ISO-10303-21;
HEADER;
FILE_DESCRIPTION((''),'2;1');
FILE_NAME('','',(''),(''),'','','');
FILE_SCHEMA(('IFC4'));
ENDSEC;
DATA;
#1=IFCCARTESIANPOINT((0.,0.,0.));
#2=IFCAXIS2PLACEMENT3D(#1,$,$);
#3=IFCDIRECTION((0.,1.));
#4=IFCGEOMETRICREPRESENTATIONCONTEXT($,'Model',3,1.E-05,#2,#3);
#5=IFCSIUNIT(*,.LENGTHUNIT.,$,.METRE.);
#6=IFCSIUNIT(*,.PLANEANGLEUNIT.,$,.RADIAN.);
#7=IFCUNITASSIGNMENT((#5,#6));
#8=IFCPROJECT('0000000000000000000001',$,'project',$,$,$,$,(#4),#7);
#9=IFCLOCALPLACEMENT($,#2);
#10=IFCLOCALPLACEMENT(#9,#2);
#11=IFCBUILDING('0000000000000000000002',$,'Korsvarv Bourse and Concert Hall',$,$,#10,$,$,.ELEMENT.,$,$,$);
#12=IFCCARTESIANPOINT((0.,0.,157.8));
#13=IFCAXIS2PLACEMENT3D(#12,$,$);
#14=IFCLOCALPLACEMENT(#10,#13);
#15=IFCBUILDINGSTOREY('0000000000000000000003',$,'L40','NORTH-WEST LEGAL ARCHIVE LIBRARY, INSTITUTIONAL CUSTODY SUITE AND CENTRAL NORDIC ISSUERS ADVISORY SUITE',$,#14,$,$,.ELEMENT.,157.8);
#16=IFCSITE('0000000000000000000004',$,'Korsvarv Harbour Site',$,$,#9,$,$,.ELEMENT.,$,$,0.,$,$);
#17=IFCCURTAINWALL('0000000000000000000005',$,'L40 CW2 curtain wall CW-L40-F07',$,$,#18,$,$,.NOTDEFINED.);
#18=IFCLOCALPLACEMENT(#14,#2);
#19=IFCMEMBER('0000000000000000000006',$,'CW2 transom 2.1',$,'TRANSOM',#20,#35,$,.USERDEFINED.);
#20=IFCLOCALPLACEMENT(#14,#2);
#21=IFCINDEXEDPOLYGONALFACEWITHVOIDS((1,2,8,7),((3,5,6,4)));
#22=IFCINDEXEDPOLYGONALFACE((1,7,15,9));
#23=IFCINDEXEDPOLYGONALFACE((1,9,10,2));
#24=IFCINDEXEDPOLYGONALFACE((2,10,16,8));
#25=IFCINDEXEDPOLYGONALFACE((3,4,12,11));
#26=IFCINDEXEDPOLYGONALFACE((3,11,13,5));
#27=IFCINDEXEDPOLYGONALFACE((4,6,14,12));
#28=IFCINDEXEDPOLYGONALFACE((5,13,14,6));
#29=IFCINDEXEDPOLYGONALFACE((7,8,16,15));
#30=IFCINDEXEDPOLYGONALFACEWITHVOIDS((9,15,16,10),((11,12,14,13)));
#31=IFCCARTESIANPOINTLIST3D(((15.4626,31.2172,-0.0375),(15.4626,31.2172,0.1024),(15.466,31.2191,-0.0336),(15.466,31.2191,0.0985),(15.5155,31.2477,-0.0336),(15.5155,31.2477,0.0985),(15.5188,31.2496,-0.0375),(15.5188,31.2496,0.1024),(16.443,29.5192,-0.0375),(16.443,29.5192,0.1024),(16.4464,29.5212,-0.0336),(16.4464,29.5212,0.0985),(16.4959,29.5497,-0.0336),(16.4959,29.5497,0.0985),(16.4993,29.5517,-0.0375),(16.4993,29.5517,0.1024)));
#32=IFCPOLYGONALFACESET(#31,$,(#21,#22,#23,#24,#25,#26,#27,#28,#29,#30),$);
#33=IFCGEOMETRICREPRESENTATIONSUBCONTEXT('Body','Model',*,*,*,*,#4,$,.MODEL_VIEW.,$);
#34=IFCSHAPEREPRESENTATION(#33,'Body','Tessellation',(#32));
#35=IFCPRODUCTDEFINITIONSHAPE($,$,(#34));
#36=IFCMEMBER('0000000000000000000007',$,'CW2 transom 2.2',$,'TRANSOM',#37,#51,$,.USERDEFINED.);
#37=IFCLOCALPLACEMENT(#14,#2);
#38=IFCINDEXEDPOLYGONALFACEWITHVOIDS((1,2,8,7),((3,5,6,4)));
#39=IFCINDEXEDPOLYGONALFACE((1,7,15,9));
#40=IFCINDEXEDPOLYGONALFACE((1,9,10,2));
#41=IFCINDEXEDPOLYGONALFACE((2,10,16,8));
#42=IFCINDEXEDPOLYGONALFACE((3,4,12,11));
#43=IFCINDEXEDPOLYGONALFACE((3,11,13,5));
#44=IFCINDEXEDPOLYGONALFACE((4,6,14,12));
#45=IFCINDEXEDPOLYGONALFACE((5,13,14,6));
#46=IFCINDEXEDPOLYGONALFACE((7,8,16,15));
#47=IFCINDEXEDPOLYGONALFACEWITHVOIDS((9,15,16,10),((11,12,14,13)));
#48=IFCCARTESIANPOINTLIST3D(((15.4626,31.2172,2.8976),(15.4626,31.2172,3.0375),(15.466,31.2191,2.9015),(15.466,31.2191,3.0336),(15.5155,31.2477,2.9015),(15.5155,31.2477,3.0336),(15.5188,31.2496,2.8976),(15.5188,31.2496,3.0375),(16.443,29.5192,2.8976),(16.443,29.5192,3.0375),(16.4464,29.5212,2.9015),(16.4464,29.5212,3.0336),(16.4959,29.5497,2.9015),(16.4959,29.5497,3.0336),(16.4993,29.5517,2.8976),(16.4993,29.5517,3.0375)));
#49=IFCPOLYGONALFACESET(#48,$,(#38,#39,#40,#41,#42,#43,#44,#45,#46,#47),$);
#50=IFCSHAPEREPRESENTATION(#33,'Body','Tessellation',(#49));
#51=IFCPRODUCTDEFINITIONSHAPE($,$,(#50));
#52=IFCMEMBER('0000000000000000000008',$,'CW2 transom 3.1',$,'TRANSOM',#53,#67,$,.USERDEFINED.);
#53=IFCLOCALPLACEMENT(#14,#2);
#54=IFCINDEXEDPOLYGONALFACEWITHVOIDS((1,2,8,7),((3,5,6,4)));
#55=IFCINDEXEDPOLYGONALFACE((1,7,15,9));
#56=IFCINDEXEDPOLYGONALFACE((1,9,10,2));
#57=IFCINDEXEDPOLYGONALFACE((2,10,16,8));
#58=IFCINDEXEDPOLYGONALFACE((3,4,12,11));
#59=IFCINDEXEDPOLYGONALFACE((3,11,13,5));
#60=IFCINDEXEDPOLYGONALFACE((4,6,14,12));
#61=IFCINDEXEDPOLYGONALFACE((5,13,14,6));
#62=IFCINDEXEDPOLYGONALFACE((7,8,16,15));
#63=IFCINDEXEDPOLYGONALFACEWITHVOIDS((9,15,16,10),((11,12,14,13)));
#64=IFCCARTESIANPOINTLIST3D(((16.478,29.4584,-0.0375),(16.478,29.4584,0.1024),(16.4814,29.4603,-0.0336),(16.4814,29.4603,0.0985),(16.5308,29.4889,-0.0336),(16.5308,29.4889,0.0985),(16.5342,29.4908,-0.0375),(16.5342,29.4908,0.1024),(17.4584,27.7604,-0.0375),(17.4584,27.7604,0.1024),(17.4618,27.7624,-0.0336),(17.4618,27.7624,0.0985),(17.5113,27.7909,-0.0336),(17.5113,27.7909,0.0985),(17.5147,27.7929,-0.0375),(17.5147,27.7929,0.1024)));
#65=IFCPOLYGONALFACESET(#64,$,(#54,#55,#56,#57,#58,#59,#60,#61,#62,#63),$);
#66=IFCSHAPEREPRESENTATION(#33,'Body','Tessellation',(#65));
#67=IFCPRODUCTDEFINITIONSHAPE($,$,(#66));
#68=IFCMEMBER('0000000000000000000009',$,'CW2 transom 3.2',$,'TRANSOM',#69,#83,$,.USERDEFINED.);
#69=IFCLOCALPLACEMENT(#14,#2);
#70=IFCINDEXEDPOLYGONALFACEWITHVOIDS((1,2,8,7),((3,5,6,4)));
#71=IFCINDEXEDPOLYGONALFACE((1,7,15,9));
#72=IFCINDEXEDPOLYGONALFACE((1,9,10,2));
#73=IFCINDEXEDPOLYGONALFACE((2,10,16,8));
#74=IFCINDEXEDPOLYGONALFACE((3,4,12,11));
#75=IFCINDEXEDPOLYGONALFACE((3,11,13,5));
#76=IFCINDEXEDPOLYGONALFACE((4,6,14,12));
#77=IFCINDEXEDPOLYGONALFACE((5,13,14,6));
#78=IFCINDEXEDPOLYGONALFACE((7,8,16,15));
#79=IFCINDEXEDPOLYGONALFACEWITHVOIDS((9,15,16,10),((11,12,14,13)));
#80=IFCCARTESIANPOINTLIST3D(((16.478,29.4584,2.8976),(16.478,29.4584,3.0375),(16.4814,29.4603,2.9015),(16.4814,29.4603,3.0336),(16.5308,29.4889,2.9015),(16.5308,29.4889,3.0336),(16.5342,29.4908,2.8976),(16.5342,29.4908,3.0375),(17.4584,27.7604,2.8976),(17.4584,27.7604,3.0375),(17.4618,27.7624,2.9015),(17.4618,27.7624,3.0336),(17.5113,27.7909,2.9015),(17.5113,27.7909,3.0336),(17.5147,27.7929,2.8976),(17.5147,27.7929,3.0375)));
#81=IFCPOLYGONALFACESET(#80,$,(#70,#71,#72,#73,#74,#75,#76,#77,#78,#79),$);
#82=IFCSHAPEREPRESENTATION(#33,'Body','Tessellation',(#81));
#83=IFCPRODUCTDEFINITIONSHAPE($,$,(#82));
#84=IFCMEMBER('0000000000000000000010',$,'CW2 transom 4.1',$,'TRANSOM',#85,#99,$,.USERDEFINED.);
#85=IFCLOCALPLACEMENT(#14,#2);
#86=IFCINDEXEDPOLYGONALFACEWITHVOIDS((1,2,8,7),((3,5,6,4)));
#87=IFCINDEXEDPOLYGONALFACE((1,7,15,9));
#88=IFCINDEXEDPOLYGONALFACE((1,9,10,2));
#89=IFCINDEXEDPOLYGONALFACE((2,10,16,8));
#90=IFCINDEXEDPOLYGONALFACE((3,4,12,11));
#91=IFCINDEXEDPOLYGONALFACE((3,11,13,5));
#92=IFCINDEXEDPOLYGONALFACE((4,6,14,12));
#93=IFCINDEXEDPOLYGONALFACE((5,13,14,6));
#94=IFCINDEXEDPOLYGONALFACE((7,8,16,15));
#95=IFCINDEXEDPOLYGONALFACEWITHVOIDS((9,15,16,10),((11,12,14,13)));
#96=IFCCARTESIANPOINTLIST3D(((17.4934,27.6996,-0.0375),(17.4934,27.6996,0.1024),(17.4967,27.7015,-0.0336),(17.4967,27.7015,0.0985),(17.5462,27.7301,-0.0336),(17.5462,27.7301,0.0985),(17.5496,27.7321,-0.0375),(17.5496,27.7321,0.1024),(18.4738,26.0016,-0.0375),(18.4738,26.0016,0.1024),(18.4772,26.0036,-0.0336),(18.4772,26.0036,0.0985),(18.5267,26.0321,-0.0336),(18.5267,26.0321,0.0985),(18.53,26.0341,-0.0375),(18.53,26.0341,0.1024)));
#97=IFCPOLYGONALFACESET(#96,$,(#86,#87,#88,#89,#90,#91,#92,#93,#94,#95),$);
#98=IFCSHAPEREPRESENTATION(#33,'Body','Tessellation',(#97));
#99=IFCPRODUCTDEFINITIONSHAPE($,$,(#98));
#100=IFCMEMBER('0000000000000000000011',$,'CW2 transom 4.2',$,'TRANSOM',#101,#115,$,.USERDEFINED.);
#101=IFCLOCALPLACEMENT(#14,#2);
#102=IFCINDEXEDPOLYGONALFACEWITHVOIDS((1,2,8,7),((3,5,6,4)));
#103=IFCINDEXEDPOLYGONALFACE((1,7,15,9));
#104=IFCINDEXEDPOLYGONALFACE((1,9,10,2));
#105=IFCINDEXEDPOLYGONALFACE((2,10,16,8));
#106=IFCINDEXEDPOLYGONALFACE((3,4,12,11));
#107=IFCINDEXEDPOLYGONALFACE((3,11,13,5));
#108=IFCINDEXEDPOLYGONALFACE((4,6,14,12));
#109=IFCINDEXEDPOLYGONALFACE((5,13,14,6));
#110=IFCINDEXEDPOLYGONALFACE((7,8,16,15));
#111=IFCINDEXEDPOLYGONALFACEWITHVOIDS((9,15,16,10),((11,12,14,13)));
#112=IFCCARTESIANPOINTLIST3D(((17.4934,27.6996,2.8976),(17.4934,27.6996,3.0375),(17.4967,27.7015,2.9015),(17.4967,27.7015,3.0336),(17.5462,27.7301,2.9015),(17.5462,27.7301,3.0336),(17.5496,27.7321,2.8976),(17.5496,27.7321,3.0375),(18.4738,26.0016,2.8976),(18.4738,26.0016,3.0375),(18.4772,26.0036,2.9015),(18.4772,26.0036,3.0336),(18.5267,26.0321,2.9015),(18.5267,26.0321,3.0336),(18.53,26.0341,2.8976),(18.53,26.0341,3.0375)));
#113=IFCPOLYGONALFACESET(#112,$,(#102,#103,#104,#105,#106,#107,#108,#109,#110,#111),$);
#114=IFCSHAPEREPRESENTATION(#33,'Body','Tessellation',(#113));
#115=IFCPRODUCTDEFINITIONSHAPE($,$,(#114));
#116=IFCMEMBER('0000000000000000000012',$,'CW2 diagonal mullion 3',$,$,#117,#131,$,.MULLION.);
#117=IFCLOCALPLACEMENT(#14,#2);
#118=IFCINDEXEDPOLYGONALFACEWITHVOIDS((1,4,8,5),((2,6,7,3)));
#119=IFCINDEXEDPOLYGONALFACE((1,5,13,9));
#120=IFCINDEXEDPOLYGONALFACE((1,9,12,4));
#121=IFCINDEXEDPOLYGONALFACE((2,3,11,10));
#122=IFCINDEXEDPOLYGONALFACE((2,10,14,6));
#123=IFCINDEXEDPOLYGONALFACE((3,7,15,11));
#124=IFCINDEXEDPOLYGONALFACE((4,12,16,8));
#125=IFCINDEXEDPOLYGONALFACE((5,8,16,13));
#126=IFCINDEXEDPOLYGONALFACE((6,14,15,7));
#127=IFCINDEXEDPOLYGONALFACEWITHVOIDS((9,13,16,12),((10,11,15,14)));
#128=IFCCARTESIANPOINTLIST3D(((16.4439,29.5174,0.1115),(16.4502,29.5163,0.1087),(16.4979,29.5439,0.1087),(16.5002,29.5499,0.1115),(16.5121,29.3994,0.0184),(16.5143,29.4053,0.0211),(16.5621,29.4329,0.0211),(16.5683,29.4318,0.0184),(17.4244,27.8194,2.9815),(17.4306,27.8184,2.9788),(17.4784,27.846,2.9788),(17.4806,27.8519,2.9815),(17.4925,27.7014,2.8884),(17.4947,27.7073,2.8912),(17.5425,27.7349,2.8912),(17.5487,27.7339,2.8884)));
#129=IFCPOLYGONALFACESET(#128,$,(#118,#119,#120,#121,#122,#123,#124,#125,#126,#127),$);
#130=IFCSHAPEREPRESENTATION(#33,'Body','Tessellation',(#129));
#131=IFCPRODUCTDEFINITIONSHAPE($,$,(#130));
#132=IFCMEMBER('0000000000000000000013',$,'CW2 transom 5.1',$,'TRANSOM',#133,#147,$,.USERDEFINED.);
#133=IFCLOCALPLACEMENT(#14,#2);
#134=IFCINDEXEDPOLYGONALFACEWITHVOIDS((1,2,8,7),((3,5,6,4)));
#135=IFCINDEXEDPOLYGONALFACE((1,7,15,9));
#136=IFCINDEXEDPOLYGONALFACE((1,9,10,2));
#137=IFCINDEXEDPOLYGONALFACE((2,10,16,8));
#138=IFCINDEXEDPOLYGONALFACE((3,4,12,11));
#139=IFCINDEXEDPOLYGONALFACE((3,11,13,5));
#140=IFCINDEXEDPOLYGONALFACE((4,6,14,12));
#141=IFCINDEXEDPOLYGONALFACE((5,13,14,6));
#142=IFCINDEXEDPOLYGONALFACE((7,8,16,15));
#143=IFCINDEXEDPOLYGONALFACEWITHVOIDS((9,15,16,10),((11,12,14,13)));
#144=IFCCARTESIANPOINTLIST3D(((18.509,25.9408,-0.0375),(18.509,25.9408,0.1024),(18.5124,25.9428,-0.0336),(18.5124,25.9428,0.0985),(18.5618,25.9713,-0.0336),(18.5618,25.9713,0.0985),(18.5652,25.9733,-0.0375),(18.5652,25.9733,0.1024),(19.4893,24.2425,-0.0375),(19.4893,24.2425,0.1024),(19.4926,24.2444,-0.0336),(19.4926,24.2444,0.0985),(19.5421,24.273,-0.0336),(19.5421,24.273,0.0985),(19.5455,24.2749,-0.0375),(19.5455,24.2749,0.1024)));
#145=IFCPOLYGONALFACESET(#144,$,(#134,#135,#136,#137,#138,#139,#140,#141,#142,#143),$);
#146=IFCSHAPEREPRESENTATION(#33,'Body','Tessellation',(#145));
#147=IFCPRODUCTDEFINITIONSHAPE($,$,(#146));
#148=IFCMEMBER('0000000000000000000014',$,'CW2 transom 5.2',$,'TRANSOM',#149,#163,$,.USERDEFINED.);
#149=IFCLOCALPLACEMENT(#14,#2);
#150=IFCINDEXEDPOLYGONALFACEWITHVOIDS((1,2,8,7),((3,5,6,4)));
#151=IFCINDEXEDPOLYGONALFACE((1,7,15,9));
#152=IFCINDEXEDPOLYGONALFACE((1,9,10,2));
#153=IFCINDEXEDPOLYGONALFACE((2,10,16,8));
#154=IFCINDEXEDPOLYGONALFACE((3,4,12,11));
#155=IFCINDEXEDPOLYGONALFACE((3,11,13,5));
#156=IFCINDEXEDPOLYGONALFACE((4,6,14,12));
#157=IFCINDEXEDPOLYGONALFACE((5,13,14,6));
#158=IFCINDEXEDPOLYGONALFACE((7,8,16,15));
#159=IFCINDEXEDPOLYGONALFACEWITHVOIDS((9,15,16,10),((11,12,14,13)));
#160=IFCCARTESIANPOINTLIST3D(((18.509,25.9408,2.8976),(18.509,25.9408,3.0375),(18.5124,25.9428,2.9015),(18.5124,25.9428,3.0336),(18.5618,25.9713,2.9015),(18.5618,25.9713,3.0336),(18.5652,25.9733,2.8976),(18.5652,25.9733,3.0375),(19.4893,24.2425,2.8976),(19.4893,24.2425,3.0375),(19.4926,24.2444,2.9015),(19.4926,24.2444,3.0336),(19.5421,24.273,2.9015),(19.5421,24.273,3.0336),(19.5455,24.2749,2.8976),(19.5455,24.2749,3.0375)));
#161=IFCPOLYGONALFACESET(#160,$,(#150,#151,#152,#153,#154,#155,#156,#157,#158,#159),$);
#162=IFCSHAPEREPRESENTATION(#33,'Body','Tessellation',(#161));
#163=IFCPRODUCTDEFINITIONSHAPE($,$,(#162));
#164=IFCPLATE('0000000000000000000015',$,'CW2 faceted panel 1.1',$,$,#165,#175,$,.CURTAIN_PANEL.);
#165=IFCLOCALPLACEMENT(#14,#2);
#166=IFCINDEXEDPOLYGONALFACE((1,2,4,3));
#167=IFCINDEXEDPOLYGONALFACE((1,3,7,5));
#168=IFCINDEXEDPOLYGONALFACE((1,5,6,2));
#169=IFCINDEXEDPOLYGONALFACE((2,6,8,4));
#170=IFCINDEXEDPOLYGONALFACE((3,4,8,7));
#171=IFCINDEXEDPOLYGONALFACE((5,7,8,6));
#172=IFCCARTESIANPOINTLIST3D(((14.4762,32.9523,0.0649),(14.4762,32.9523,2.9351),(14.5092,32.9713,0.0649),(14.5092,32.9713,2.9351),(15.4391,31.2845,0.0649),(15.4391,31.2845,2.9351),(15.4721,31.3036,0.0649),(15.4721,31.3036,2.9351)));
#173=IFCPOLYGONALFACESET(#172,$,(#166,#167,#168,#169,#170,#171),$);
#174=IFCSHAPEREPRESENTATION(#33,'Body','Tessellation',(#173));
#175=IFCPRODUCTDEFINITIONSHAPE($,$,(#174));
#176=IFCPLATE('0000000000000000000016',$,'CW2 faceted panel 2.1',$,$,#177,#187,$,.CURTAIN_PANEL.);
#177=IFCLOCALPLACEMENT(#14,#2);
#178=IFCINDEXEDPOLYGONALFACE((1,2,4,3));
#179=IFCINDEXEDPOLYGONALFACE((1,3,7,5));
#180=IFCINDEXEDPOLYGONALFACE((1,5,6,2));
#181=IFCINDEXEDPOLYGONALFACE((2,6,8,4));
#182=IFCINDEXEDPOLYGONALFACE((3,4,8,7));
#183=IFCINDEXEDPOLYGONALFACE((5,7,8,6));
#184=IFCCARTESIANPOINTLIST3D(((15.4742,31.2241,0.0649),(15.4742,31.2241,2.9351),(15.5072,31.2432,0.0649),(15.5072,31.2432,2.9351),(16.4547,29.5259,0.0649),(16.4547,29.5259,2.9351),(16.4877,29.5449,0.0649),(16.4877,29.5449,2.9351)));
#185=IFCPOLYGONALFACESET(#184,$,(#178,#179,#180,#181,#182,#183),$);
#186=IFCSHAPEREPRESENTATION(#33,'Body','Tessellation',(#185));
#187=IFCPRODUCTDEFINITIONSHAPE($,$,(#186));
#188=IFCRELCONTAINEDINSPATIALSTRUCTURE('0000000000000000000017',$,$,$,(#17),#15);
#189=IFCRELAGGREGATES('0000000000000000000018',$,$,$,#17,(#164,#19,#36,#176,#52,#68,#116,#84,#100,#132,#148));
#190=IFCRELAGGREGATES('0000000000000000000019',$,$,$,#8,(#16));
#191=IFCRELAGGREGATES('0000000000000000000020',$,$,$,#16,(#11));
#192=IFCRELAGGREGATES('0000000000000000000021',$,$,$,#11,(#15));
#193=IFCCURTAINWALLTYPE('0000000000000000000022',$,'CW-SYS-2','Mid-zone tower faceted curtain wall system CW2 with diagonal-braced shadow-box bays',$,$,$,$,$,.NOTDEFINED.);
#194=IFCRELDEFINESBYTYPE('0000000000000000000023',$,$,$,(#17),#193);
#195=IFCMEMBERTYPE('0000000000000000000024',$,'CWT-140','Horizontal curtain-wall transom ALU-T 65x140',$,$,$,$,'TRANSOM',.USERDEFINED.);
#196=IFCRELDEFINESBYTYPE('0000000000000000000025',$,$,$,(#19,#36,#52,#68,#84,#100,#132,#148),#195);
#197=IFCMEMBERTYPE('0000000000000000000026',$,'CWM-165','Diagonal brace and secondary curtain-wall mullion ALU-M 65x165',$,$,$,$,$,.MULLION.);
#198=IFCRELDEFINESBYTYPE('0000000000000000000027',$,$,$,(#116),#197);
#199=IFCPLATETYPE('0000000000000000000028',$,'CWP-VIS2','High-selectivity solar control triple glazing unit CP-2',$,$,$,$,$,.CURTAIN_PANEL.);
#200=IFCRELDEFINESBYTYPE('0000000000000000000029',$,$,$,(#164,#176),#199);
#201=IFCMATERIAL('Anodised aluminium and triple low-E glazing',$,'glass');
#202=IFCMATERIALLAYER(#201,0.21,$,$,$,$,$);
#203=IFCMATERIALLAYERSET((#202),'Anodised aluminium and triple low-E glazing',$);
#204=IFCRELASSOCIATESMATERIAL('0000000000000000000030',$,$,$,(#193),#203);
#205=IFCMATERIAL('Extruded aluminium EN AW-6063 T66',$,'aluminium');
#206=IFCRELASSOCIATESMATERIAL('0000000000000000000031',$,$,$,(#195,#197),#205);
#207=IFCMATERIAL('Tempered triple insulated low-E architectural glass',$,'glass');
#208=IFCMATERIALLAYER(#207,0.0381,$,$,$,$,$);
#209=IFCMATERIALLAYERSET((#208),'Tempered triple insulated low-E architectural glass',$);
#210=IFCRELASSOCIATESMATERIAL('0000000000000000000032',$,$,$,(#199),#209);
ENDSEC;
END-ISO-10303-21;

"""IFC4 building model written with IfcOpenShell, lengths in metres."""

from ifc_helpers import new_model, si_unit, direction, frame, origin, origin_2d, place, context, subcontext, project, spatial, rectangle, hollow_rectangle, extrude, source, transform, mapped, material, layer, layer_set, material_profile, profile_set, type_object, element, aggregate, save


model = new_model("IFC4")

# Units and contexts
model_context = context("Model", 3, precision=1e-05, world=origin(), true_north=direction((0.0, 1.0)))
body_context = subcontext(model_context, "Body", "Model", "MODEL_VIEW")
ifc_project = project(units=[si_unit("LENGTHUNIT", "METRE"), si_unit("PLANEANGLEUNIT", "RADIAN")], contexts=[model_context])

# Site, building, storey
site_placement = place(None, origin())
site = spatial("IfcSite", under=ifc_project, at=site_placement, Name="Korsvarv Harbour Site", CompositionType="ELEMENT", RefElevation=0.0)
building_placement = place(site_placement, origin())
building = spatial("IfcBuilding", under=site, at=building_placement, Name="Korsvarv Bourse and Concert Hall", CompositionType="ELEMENT")
storey_placement = place(building_placement, frame((0.0, 0.0, 157.8)))
storey = spatial("IfcBuildingStorey", under=building, at=storey_placement, Name="L40", Description="NORTH-WEST LEGAL ARCHIVE LIBRARY, INSTITUTIONAL CUSTODY SUITE AND CENTRAL NORDIC ISSUERS ADVISORY SUITE", CompositionType="ELEMENT", Elevation=157.8)

# Curtain wall, members, plates
ifc_material_1 = material(Name="Anodised aluminium and triple low-E glazing", Category="glass")
ifc_layer_1 = layer(ifc_material_1, 0.21)
ifc_layer_set_1 = layer_set([ifc_layer_1], Name="Anodised aluminium and triple low-E glazing")
curtain_wall_type = type_object("IfcCurtainWallType", Name="CW-SYS-2", Description="Mid-zone tower faceted curtain wall system CW2 with diagonal-braced shadow-box bays", PredefinedType="NOTDEFINED", material=ifc_layer_set_1)
curtain_wall_placement = place(storey_placement, origin())
curtain_wall = element("IfcCurtainWall", 1, at=curtain_wall_placement, inside=storey, type_object=curtain_wall_type, Name="L40 CW2 curtain wall CW-L40-F07", PredefinedType="NOTDEFINED")
ifc_material_2 = material(Name="Extruded aluminium EN AW-6063 T66", Category="aluminium")
ifc_material_profile_1 = material_profile(ifc_material_2, hollow_rectangle(XDim=0.0649, YDim=0.1399, WallThickness=0.0039, at=origin_2d()), Name="ALU-T 65x140")
ifc_profile_set_1 = profile_set([ifc_material_profile_1], Name="Extruded aluminium EN AW-6063 T66")
member_type_1 = type_object("IfcMemberType", Name="CWT-140", Description="Horizontal curtain-wall transom ALU-T 65x140", ElementType="TRANSOM", PredefinedType="USERDEFINED", material=ifc_profile_set_1)
shared_shape_1 = source(origin(), body_context, "Body", "SweptSolid", [
    extrude(hollow_rectangle(XDim=0.0649, YDim=0.1399, WallThickness=0.0039, at=origin_2d()), origin(), (0.0, 0.0, 1.0), 1.9607),
])
member_1_placement = place(storey_placement, frame((15.4907, 31.2334, 0.0325), z_axis=(0.500049, -0.865997, 0.0), x_axis=(0.865997, 0.500049, 0.0)))
member_1 = element("IfcMember", 2, at=member_1_placement, type_object=member_type_1, Name="CW2 transom 2.1", ObjectType="TRANSOM", PredefinedType="USERDEFINED", context=body_context, shape_type="MappedRepresentation", body=[
    mapped(shared_shape_1, transform((0.0, 0.0, 0.0), scale=1.0)),
])
member_2_placement = place(storey_placement, frame((15.4907, 31.2334, 2.9675), z_axis=(0.500049, -0.865997, 0.0), x_axis=(0.865997, 0.500049, 0.0)))
member_2 = element("IfcMember", 3, at=member_2_placement, type_object=member_type_1, Name="CW2 transom 2.2", ObjectType="TRANSOM", PredefinedType="USERDEFINED", context=body_context, shape_type="MappedRepresentation", body=[
    mapped(shared_shape_1, transform((0.0, 0.0, 0.0), scale=1.0)),
])
member_3_placement = place(storey_placement, frame((16.5061, 29.4746, 0.0325), z_axis=(0.500049, -0.865997, 0.0), x_axis=(0.865997, 0.500049, 0.0)))
member_3 = element("IfcMember", 4, at=member_3_placement, type_object=member_type_1, Name="CW2 transom 3.1", ObjectType="TRANSOM", PredefinedType="USERDEFINED", context=body_context, shape_type="MappedRepresentation", body=[
    mapped(shared_shape_1, transform((0.0, 0.0, 0.0), scale=1.0)),
])
member_4_placement = place(storey_placement, frame((16.5061, 29.4746, 2.9675), z_axis=(0.500049, -0.865997, 0.0), x_axis=(0.865997, 0.500049, 0.0)))
member_4 = element("IfcMember", 5, at=member_4_placement, type_object=member_type_1, Name="CW2 transom 3.2", ObjectType="TRANSOM", PredefinedType="USERDEFINED", context=body_context, shape_type="MappedRepresentation", body=[
    mapped(shared_shape_1, transform((0.0, 0.0, 0.0), scale=1.0)),
])
member_5_placement = place(storey_placement, frame((17.5215, 27.7158, 0.0325), z_axis=(0.500049, -0.865997, 0.0), x_axis=(0.865997, 0.500049, 0.0)))
member_5 = element("IfcMember", 6, at=member_5_placement, type_object=member_type_1, Name="CW2 transom 4.1", ObjectType="TRANSOM", PredefinedType="USERDEFINED", context=body_context, shape_type="MappedRepresentation", body=[
    mapped(shared_shape_1, transform((0.0, 0.0, 0.0), scale=1.0)),
])
member_6_placement = place(storey_placement, frame((17.5215, 27.7158, 2.9675), z_axis=(0.500049, -0.865997, 0.0), x_axis=(0.865997, 0.500049, 0.0)))
member_6 = element("IfcMember", 7, at=member_6_placement, type_object=member_type_1, Name="CW2 transom 4.2", ObjectType="TRANSOM", PredefinedType="USERDEFINED", context=body_context, shape_type="MappedRepresentation", body=[
    mapped(shared_shape_1, transform((0.0, 0.0, 0.0), scale=1.0)),
])
ifc_material_profile_2 = material_profile(ifc_material_2, hollow_rectangle(XDim=0.0649, YDim=0.165, WallThickness=0.0049, at=origin_2d()), Name="ALU-M 65x165")
ifc_profile_set_2 = profile_set([ifc_material_profile_2], Name="Extruded aluminium EN AW-6063 T66")
member_type_2 = type_object("IfcMemberType", Name="CWM-165", Description="Diagonal brace and secondary curtain-wall mullion ALU-M 65x165", PredefinedType="MULLION", material=ifc_profile_set_2)
shared_shape_2 = source(origin(), body_context, "Body", "SweptSolid", [
    extrude(hollow_rectangle(XDim=0.0649, YDim=0.165, WallThickness=0.0049, at=origin_2d()), origin(), (0.0, 0.0, 1.0), 3.4758),
])
member_7_placement = place(storey_placement, frame((16.5061, 29.4746, 0.0649), z_axis=(0.282074, -0.488502, 0.825712), x_axis=(0.865997, 0.500049, 0.0)))
member_7 = element("IfcMember", 8, at=member_7_placement, type_object=member_type_2, Name="CW2 diagonal mullion 3", PredefinedType="MULLION", context=body_context, shape_type="MappedRepresentation", body=[
    mapped(shared_shape_2, transform((0.0, 0.0, 0.0), scale=1.0)),
])
shared_shape_3 = source(origin(), body_context, "Body", "SweptSolid", [
    extrude(hollow_rectangle(XDim=0.0649, YDim=0.1399, WallThickness=0.0039, at=origin_2d()), origin(), (0.0, 0.0, 1.0), 1.9609),
])
member_8_placement = place(storey_placement, frame((18.5371, 25.957, 0.0325), z_axis=(0.499902, -0.866082, 0.0), x_axis=(0.866082, 0.499902, 0.0)))
member_8 = element("IfcMember", 9, at=member_8_placement, type_object=member_type_1, Name="CW2 transom 5.1", ObjectType="TRANSOM", PredefinedType="USERDEFINED", context=body_context, shape_type="MappedRepresentation", body=[
    mapped(shared_shape_3, transform((0.0, 0.0, 0.0), scale=1.0)),
])
member_9_placement = place(storey_placement, frame((18.5371, 25.957, 2.9675), z_axis=(0.499902, -0.866082, 0.0), x_axis=(0.866082, 0.499902, 0.0)))
member_9 = element("IfcMember", 10, at=member_9_placement, type_object=member_type_1, Name="CW2 transom 5.2", ObjectType="TRANSOM", PredefinedType="USERDEFINED", context=body_context, shape_type="MappedRepresentation", body=[
    mapped(shared_shape_3, transform((0.0, 0.0, 0.0), scale=1.0)),
])
ifc_material_3 = material(Name="Tempered triple insulated low-E architectural glass", Category="glass")
ifc_layer_2 = layer(ifc_material_3, 0.0381)
ifc_layer_set_2 = layer_set([ifc_layer_2], Name="Tempered triple insulated low-E architectural glass")
plate_type_1 = type_object("IfcPlateType", Name="CWP-VIS2", Description="High-selectivity solar control triple glazing unit CP-2", PredefinedType="CURTAIN_PANEL", material=ifc_layer_set_2)
shared_shape_4 = source(origin(), body_context, "Body", "SweptSolid", [
    extrude(rectangle(XDim=1.9258, YDim=0.0381, at=origin_2d()), origin(), (0.0, 0.0, 1.0), 2.8701),
])
plate_1_placement = place(storey_placement, frame((14.9741, 32.1279, 0.0649), z_axis=(0.0, 0.0, 1.0), x_axis=(0.500002, -0.866024, 0.0)))
plate_1 = element("IfcPlate", 11, at=plate_1_placement, type_object=plate_type_1, Name="CW2 faceted panel 1.1", PredefinedType="CURTAIN_PANEL", context=body_context, shape_type="MappedRepresentation", body=[
    mapped(shared_shape_4, transform((0.0, 0.0, 0.0), scale=1.0)),
])
shared_shape_5 = source(origin(), body_context, "Body", "SweptSolid", [
    extrude(rectangle(XDim=1.9609, YDim=0.0381, at=origin_2d()), origin(), (0.0, 0.0, 1.0), 2.8701),
])
plate_2_placement = place(storey_placement, frame((15.981, 30.3845, 0.0649), z_axis=(0.0, 0.0, 1.0), x_axis=(0.500002, -0.866024, 0.0)))
plate_2 = element("IfcPlate", 12, at=plate_2_placement, type_object=plate_type_1, Name="CW2 faceted panel 2.1", PredefinedType="CURTAIN_PANEL", context=body_context, shape_type="MappedRepresentation", body=[
    mapped(shared_shape_5, transform((0.0, 0.0, 0.0), scale=1.0)),
])
aggregate(curtain_wall, [plate_1, member_1, member_2, plate_2, member_3, member_4, member_7, member_5, member_6, member_8, member_9])

save(model, "model.ifc")
